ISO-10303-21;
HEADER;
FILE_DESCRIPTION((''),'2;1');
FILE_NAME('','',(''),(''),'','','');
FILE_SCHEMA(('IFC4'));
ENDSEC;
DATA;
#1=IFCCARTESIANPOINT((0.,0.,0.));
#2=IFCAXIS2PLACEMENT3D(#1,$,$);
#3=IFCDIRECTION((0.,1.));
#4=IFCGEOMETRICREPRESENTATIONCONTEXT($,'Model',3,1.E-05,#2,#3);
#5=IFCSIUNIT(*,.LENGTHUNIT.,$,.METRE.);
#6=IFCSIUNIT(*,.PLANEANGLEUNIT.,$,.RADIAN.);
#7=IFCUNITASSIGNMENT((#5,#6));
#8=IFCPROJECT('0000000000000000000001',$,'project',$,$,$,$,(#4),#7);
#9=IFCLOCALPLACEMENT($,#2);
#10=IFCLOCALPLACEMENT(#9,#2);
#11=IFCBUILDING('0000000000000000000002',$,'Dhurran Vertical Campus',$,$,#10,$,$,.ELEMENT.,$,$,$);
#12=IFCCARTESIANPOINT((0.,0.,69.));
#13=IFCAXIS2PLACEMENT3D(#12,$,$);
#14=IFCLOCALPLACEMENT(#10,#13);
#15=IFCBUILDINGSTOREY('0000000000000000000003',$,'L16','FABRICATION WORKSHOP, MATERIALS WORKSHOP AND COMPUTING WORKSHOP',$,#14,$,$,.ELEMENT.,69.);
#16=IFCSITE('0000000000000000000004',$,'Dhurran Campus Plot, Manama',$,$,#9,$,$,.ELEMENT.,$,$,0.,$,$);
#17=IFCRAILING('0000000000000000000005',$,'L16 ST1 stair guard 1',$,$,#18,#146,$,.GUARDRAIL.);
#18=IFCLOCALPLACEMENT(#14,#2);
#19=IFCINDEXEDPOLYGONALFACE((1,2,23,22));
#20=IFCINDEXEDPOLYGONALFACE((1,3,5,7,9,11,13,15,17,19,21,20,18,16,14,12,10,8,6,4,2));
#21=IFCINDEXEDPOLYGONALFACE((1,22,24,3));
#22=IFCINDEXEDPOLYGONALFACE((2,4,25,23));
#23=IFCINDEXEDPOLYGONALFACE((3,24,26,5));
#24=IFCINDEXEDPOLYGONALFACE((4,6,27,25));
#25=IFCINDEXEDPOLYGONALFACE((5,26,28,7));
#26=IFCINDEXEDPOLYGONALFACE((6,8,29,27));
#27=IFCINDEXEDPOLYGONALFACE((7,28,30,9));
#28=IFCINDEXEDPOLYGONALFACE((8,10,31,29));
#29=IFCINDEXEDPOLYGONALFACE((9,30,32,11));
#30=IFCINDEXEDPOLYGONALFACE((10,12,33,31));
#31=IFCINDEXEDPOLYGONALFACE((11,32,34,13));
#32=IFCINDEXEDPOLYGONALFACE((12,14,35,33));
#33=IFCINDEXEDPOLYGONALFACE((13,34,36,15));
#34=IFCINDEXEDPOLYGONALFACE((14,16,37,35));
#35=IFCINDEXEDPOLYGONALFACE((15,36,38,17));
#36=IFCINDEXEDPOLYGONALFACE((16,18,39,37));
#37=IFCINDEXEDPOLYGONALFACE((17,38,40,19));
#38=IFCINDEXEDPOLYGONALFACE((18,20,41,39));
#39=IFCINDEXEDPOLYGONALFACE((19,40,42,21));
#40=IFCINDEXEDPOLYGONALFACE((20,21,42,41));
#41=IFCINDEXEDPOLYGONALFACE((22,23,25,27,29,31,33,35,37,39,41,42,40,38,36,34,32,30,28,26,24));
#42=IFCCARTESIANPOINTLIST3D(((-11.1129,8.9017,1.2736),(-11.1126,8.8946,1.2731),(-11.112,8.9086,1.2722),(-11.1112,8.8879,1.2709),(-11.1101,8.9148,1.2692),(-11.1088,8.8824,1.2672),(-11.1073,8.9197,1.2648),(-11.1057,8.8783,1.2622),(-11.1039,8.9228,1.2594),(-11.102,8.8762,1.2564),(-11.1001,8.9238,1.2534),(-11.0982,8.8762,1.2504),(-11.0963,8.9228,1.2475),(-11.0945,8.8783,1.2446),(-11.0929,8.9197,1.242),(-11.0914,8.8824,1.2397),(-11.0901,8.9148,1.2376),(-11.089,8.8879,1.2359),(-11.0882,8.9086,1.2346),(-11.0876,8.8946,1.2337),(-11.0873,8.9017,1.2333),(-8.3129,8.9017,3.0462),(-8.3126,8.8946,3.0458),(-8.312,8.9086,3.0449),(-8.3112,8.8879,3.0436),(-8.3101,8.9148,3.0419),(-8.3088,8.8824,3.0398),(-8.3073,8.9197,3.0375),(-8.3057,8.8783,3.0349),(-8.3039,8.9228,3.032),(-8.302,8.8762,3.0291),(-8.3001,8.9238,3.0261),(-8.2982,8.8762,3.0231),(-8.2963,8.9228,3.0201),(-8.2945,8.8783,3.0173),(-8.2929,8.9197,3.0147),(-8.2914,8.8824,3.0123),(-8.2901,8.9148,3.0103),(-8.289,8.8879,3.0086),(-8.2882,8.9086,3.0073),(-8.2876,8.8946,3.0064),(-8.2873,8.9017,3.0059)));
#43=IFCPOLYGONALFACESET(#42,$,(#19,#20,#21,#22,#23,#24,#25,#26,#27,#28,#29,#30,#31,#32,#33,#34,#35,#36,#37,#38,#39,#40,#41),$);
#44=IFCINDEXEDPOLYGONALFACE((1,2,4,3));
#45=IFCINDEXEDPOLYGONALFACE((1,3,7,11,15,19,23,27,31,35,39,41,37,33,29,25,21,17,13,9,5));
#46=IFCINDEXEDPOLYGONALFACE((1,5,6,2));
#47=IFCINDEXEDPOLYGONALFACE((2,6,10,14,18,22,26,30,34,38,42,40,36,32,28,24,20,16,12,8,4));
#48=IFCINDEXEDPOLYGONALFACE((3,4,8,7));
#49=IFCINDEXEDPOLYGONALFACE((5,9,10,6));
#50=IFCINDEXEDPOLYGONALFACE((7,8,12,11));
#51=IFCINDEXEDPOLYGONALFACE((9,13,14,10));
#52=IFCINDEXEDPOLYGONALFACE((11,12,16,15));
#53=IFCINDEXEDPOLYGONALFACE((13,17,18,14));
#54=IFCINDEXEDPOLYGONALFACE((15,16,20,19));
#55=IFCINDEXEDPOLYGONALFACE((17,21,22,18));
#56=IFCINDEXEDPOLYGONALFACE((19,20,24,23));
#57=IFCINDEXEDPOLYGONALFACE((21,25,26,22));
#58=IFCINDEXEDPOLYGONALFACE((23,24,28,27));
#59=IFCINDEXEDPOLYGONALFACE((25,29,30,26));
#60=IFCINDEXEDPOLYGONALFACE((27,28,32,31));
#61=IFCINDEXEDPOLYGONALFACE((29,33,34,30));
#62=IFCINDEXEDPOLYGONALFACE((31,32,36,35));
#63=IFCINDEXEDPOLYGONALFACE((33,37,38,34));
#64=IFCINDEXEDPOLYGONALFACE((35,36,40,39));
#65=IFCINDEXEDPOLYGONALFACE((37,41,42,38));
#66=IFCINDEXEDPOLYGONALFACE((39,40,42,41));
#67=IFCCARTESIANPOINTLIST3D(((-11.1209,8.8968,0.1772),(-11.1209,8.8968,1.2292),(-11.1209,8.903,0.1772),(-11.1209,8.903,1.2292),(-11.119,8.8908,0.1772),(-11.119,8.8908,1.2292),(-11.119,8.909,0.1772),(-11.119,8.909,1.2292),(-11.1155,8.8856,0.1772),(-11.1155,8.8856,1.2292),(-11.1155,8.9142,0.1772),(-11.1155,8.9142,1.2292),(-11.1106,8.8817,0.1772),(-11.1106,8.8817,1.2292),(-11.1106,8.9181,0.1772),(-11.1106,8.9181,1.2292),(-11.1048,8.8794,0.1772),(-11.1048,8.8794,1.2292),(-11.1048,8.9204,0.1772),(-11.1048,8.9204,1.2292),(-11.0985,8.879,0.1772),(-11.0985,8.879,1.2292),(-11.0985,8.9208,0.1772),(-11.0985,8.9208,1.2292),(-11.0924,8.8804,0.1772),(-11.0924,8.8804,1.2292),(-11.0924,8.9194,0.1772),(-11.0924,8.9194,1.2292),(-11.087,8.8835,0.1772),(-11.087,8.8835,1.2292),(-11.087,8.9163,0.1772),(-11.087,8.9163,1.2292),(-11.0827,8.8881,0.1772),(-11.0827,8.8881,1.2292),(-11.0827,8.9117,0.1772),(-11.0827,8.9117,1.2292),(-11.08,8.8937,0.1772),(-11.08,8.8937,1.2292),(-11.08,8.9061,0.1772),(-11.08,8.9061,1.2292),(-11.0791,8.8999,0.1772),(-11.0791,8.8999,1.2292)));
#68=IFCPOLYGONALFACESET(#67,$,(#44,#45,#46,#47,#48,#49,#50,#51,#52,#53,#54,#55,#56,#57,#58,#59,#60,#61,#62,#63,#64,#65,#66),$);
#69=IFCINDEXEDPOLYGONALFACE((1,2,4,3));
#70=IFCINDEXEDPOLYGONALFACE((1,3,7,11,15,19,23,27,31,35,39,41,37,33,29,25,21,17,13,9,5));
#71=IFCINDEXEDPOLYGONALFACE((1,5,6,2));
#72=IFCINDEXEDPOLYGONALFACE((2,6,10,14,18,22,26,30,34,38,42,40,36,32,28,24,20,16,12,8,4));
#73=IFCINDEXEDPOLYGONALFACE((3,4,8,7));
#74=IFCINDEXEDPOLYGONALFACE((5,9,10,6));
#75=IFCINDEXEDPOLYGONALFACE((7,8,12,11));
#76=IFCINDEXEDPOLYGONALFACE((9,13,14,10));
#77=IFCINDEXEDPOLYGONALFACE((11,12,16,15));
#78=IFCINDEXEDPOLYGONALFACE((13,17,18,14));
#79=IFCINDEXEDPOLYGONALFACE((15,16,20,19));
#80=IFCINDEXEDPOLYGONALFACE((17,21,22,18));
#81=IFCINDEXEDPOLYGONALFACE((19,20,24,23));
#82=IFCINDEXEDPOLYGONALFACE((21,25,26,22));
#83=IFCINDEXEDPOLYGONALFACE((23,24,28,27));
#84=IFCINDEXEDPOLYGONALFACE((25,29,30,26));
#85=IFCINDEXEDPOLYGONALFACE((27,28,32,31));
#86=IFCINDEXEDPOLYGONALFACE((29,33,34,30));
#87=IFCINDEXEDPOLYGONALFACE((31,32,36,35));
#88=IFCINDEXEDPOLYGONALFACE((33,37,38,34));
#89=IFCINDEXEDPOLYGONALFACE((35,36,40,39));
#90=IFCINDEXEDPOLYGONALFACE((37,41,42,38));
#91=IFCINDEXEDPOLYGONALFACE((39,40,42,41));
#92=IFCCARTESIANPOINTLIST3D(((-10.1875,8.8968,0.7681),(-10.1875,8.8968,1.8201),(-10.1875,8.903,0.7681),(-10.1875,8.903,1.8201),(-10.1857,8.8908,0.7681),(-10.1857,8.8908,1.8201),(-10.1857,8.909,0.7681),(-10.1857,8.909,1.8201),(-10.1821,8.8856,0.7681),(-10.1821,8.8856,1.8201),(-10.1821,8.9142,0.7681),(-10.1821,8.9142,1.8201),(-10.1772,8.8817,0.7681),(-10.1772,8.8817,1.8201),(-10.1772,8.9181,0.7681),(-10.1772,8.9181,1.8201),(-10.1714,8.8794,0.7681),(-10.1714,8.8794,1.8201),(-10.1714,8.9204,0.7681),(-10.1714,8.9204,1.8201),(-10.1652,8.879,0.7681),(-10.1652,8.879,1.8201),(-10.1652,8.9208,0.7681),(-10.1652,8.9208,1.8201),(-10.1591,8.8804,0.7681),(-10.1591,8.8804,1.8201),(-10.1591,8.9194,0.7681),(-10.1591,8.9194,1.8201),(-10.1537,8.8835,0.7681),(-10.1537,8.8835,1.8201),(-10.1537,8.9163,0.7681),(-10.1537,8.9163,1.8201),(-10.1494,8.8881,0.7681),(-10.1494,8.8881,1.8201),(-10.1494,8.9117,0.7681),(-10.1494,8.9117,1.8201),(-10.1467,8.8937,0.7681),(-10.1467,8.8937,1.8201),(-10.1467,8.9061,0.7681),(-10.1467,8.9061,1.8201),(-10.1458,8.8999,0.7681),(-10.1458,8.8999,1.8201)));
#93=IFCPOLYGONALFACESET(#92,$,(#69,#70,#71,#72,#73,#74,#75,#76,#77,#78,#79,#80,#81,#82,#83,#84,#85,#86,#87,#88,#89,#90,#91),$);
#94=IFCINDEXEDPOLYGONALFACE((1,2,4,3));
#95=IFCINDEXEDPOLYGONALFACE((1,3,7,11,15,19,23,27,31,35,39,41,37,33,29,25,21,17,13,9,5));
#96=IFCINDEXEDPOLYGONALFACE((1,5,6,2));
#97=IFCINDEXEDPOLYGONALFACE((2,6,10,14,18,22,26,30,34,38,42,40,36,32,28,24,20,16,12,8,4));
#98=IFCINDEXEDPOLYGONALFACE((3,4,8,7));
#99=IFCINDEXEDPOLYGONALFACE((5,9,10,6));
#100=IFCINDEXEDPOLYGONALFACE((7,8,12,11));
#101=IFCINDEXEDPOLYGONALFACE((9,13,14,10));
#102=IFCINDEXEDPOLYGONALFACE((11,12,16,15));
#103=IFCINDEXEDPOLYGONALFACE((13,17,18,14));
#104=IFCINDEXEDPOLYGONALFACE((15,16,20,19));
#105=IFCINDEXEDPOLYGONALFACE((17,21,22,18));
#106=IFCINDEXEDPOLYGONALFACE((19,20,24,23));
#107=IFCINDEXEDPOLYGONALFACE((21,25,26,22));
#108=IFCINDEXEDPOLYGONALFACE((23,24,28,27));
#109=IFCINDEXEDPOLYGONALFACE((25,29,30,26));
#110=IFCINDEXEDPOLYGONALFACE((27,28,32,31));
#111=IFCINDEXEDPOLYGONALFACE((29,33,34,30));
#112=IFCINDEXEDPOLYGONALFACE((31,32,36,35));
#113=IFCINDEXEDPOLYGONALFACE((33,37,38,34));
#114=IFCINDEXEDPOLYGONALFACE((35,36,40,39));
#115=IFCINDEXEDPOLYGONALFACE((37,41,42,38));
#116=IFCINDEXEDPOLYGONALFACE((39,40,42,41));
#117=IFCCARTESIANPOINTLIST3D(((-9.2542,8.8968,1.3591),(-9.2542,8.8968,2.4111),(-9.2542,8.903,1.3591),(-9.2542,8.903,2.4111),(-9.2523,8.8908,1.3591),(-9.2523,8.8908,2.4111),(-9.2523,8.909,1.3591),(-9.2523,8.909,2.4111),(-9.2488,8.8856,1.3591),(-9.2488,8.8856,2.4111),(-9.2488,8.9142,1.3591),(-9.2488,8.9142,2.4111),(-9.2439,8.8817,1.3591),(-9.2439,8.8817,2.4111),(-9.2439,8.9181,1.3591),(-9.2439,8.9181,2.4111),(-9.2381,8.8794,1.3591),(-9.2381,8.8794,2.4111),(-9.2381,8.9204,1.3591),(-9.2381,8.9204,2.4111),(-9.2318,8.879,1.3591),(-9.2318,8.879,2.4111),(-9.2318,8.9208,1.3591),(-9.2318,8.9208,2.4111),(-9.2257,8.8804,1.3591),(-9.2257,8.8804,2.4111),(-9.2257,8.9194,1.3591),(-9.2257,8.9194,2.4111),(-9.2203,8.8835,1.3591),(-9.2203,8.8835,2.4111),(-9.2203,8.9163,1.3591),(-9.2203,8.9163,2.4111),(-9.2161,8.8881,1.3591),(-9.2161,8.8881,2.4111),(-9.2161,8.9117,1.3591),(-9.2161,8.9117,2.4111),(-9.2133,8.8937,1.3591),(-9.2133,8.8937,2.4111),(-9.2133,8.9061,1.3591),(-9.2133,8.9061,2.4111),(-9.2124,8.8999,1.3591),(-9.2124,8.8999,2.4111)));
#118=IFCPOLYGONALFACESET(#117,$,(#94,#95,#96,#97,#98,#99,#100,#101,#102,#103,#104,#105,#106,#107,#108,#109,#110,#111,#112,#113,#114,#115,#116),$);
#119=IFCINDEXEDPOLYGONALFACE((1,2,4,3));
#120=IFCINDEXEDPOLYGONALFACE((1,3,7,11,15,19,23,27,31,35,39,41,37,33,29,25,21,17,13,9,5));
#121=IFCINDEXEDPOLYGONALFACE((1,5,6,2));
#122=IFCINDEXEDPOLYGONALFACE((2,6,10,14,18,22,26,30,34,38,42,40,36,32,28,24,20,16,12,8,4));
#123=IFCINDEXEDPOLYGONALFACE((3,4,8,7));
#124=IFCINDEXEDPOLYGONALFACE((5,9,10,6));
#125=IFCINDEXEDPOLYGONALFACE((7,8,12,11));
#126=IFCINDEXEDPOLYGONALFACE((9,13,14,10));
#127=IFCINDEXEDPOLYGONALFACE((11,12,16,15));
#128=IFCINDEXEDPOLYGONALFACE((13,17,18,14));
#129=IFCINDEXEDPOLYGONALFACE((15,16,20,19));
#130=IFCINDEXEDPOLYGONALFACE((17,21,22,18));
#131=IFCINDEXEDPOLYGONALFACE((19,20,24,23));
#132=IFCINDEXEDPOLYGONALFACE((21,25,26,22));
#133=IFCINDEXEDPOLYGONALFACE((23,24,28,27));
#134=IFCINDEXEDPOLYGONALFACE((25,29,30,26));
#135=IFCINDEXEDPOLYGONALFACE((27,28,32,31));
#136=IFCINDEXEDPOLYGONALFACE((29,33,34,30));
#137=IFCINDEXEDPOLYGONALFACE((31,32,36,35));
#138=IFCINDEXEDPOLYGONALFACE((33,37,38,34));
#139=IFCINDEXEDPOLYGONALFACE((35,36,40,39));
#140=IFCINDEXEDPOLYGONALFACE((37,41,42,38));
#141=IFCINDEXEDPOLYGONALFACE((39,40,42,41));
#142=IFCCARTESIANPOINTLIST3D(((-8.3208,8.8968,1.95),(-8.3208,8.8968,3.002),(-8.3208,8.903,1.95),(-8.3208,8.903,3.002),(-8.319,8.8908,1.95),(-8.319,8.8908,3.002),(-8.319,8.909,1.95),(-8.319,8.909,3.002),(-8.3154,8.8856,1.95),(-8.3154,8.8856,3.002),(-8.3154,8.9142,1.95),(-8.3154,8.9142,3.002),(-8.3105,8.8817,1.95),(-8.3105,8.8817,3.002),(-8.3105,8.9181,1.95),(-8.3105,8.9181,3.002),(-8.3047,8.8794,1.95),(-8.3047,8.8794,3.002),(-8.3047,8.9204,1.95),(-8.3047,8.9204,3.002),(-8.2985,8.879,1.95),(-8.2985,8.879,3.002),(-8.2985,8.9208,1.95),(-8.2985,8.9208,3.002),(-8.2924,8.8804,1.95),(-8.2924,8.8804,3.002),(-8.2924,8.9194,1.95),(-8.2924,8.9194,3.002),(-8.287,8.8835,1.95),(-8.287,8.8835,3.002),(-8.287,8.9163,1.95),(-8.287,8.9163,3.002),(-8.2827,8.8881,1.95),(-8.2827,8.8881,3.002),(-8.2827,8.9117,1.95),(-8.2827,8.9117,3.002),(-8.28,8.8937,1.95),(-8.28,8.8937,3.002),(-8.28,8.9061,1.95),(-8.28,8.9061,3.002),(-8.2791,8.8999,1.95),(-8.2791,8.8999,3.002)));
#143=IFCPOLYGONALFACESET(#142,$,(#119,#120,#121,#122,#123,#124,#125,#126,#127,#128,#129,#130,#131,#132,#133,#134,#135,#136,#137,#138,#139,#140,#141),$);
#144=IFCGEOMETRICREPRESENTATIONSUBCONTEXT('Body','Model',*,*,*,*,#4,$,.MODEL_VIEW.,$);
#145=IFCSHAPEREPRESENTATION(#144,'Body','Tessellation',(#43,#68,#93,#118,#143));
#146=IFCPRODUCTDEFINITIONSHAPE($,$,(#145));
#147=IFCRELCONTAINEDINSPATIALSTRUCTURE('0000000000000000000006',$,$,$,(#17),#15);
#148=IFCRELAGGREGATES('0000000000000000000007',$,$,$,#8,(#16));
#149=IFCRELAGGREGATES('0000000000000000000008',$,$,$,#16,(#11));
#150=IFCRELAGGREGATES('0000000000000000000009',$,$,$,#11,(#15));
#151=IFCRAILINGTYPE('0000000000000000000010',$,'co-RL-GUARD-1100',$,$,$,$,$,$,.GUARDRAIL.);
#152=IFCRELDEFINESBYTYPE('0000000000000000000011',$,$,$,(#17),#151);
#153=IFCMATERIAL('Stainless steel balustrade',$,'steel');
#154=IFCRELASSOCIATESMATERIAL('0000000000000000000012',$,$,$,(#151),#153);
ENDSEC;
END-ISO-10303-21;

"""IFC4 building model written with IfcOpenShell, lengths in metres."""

from ifc_helpers import new_model, si_unit, direction, frame, origin, origin_2d, place, context, subcontext, project, spatial, circle, extrude, material, type_object, element, save


model = new_model("IFC4")

# Units and contexts
model_context = context("Model", 3, precision=1e-05, world=origin(), true_north=direction((0.0, 1.0)))
body_context = subcontext(model_context, "Body", "Model", "MODEL_VIEW")
ifc_project = project(units=[si_unit("LENGTHUNIT", "METRE"), si_unit("PLANEANGLEUNIT", "RADIAN")], contexts=[model_context])

# Site, building, storey
site_placement = place(None, origin())
site = spatial("IfcSite", under=ifc_project, at=site_placement, Name="Dhurran Campus Plot, Manama", CompositionType="ELEMENT", RefElevation=0.0)
building_placement = place(site_placement, origin())
building = spatial("IfcBuilding", under=site, at=building_placement, Name="Dhurran Vertical Campus", CompositionType="ELEMENT")
storey_placement = place(building_placement, frame((0.0, 0.0, 69.0)))
storey = spatial("IfcBuildingStorey", under=building, at=storey_placement, Name="L16", Description="FABRICATION WORKSHOP, MATERIALS WORKSHOP AND COMPUTING WORKSHOP", CompositionType="ELEMENT", Elevation=69.0)

# Railing
ifc_material_1 = material(Name="Stainless steel balustrade", Category="steel")
railing_type_1 = type_object("IfcRailingType", Name="co-RL-GUARD-1100", PredefinedType="GUARDRAIL", material=ifc_material_1)
railing_1_placement = place(storey_placement, frame((-11.1001, 8.8999, 0.1772)))
element("IfcRailing", 1, at=railing_1_placement, inside=storey, type_object=railing_type_1, Name="L16 ST1 stair guard 1", PredefinedType="GUARDRAIL", context=body_context, shape_type="SweptSolid", body=[
    extrude(circle(Radius=0.0239, at=origin_2d()), frame((0.0, 0.0, 1.0762), z_axis=(0.844909, 0.0, 0.53491), x_axis=(0.0, 1.0, 0.0)), (0.0, 0.0, 1.0), 3.314),
    extrude(circle(Radius=0.021, at=origin_2d()), origin(), (0.0, 0.0, 1.0), 1.052),
    extrude(circle(Radius=0.021, at=origin_2d()), frame((0.9333, 0.0, 0.5908)), (0.0, 0.0, 1.0), 1.052),
    extrude(circle(Radius=0.021, at=origin_2d()), frame((1.8667, 0.0, 1.1819)), (0.0, 0.0, 1.0), 1.052),
    extrude(circle(Radius=0.021, at=origin_2d()), frame((2.8, 0.0, 1.7727)), (0.0, 0.0, 1.0), 1.052),
])

save(model, "model.ifc")
